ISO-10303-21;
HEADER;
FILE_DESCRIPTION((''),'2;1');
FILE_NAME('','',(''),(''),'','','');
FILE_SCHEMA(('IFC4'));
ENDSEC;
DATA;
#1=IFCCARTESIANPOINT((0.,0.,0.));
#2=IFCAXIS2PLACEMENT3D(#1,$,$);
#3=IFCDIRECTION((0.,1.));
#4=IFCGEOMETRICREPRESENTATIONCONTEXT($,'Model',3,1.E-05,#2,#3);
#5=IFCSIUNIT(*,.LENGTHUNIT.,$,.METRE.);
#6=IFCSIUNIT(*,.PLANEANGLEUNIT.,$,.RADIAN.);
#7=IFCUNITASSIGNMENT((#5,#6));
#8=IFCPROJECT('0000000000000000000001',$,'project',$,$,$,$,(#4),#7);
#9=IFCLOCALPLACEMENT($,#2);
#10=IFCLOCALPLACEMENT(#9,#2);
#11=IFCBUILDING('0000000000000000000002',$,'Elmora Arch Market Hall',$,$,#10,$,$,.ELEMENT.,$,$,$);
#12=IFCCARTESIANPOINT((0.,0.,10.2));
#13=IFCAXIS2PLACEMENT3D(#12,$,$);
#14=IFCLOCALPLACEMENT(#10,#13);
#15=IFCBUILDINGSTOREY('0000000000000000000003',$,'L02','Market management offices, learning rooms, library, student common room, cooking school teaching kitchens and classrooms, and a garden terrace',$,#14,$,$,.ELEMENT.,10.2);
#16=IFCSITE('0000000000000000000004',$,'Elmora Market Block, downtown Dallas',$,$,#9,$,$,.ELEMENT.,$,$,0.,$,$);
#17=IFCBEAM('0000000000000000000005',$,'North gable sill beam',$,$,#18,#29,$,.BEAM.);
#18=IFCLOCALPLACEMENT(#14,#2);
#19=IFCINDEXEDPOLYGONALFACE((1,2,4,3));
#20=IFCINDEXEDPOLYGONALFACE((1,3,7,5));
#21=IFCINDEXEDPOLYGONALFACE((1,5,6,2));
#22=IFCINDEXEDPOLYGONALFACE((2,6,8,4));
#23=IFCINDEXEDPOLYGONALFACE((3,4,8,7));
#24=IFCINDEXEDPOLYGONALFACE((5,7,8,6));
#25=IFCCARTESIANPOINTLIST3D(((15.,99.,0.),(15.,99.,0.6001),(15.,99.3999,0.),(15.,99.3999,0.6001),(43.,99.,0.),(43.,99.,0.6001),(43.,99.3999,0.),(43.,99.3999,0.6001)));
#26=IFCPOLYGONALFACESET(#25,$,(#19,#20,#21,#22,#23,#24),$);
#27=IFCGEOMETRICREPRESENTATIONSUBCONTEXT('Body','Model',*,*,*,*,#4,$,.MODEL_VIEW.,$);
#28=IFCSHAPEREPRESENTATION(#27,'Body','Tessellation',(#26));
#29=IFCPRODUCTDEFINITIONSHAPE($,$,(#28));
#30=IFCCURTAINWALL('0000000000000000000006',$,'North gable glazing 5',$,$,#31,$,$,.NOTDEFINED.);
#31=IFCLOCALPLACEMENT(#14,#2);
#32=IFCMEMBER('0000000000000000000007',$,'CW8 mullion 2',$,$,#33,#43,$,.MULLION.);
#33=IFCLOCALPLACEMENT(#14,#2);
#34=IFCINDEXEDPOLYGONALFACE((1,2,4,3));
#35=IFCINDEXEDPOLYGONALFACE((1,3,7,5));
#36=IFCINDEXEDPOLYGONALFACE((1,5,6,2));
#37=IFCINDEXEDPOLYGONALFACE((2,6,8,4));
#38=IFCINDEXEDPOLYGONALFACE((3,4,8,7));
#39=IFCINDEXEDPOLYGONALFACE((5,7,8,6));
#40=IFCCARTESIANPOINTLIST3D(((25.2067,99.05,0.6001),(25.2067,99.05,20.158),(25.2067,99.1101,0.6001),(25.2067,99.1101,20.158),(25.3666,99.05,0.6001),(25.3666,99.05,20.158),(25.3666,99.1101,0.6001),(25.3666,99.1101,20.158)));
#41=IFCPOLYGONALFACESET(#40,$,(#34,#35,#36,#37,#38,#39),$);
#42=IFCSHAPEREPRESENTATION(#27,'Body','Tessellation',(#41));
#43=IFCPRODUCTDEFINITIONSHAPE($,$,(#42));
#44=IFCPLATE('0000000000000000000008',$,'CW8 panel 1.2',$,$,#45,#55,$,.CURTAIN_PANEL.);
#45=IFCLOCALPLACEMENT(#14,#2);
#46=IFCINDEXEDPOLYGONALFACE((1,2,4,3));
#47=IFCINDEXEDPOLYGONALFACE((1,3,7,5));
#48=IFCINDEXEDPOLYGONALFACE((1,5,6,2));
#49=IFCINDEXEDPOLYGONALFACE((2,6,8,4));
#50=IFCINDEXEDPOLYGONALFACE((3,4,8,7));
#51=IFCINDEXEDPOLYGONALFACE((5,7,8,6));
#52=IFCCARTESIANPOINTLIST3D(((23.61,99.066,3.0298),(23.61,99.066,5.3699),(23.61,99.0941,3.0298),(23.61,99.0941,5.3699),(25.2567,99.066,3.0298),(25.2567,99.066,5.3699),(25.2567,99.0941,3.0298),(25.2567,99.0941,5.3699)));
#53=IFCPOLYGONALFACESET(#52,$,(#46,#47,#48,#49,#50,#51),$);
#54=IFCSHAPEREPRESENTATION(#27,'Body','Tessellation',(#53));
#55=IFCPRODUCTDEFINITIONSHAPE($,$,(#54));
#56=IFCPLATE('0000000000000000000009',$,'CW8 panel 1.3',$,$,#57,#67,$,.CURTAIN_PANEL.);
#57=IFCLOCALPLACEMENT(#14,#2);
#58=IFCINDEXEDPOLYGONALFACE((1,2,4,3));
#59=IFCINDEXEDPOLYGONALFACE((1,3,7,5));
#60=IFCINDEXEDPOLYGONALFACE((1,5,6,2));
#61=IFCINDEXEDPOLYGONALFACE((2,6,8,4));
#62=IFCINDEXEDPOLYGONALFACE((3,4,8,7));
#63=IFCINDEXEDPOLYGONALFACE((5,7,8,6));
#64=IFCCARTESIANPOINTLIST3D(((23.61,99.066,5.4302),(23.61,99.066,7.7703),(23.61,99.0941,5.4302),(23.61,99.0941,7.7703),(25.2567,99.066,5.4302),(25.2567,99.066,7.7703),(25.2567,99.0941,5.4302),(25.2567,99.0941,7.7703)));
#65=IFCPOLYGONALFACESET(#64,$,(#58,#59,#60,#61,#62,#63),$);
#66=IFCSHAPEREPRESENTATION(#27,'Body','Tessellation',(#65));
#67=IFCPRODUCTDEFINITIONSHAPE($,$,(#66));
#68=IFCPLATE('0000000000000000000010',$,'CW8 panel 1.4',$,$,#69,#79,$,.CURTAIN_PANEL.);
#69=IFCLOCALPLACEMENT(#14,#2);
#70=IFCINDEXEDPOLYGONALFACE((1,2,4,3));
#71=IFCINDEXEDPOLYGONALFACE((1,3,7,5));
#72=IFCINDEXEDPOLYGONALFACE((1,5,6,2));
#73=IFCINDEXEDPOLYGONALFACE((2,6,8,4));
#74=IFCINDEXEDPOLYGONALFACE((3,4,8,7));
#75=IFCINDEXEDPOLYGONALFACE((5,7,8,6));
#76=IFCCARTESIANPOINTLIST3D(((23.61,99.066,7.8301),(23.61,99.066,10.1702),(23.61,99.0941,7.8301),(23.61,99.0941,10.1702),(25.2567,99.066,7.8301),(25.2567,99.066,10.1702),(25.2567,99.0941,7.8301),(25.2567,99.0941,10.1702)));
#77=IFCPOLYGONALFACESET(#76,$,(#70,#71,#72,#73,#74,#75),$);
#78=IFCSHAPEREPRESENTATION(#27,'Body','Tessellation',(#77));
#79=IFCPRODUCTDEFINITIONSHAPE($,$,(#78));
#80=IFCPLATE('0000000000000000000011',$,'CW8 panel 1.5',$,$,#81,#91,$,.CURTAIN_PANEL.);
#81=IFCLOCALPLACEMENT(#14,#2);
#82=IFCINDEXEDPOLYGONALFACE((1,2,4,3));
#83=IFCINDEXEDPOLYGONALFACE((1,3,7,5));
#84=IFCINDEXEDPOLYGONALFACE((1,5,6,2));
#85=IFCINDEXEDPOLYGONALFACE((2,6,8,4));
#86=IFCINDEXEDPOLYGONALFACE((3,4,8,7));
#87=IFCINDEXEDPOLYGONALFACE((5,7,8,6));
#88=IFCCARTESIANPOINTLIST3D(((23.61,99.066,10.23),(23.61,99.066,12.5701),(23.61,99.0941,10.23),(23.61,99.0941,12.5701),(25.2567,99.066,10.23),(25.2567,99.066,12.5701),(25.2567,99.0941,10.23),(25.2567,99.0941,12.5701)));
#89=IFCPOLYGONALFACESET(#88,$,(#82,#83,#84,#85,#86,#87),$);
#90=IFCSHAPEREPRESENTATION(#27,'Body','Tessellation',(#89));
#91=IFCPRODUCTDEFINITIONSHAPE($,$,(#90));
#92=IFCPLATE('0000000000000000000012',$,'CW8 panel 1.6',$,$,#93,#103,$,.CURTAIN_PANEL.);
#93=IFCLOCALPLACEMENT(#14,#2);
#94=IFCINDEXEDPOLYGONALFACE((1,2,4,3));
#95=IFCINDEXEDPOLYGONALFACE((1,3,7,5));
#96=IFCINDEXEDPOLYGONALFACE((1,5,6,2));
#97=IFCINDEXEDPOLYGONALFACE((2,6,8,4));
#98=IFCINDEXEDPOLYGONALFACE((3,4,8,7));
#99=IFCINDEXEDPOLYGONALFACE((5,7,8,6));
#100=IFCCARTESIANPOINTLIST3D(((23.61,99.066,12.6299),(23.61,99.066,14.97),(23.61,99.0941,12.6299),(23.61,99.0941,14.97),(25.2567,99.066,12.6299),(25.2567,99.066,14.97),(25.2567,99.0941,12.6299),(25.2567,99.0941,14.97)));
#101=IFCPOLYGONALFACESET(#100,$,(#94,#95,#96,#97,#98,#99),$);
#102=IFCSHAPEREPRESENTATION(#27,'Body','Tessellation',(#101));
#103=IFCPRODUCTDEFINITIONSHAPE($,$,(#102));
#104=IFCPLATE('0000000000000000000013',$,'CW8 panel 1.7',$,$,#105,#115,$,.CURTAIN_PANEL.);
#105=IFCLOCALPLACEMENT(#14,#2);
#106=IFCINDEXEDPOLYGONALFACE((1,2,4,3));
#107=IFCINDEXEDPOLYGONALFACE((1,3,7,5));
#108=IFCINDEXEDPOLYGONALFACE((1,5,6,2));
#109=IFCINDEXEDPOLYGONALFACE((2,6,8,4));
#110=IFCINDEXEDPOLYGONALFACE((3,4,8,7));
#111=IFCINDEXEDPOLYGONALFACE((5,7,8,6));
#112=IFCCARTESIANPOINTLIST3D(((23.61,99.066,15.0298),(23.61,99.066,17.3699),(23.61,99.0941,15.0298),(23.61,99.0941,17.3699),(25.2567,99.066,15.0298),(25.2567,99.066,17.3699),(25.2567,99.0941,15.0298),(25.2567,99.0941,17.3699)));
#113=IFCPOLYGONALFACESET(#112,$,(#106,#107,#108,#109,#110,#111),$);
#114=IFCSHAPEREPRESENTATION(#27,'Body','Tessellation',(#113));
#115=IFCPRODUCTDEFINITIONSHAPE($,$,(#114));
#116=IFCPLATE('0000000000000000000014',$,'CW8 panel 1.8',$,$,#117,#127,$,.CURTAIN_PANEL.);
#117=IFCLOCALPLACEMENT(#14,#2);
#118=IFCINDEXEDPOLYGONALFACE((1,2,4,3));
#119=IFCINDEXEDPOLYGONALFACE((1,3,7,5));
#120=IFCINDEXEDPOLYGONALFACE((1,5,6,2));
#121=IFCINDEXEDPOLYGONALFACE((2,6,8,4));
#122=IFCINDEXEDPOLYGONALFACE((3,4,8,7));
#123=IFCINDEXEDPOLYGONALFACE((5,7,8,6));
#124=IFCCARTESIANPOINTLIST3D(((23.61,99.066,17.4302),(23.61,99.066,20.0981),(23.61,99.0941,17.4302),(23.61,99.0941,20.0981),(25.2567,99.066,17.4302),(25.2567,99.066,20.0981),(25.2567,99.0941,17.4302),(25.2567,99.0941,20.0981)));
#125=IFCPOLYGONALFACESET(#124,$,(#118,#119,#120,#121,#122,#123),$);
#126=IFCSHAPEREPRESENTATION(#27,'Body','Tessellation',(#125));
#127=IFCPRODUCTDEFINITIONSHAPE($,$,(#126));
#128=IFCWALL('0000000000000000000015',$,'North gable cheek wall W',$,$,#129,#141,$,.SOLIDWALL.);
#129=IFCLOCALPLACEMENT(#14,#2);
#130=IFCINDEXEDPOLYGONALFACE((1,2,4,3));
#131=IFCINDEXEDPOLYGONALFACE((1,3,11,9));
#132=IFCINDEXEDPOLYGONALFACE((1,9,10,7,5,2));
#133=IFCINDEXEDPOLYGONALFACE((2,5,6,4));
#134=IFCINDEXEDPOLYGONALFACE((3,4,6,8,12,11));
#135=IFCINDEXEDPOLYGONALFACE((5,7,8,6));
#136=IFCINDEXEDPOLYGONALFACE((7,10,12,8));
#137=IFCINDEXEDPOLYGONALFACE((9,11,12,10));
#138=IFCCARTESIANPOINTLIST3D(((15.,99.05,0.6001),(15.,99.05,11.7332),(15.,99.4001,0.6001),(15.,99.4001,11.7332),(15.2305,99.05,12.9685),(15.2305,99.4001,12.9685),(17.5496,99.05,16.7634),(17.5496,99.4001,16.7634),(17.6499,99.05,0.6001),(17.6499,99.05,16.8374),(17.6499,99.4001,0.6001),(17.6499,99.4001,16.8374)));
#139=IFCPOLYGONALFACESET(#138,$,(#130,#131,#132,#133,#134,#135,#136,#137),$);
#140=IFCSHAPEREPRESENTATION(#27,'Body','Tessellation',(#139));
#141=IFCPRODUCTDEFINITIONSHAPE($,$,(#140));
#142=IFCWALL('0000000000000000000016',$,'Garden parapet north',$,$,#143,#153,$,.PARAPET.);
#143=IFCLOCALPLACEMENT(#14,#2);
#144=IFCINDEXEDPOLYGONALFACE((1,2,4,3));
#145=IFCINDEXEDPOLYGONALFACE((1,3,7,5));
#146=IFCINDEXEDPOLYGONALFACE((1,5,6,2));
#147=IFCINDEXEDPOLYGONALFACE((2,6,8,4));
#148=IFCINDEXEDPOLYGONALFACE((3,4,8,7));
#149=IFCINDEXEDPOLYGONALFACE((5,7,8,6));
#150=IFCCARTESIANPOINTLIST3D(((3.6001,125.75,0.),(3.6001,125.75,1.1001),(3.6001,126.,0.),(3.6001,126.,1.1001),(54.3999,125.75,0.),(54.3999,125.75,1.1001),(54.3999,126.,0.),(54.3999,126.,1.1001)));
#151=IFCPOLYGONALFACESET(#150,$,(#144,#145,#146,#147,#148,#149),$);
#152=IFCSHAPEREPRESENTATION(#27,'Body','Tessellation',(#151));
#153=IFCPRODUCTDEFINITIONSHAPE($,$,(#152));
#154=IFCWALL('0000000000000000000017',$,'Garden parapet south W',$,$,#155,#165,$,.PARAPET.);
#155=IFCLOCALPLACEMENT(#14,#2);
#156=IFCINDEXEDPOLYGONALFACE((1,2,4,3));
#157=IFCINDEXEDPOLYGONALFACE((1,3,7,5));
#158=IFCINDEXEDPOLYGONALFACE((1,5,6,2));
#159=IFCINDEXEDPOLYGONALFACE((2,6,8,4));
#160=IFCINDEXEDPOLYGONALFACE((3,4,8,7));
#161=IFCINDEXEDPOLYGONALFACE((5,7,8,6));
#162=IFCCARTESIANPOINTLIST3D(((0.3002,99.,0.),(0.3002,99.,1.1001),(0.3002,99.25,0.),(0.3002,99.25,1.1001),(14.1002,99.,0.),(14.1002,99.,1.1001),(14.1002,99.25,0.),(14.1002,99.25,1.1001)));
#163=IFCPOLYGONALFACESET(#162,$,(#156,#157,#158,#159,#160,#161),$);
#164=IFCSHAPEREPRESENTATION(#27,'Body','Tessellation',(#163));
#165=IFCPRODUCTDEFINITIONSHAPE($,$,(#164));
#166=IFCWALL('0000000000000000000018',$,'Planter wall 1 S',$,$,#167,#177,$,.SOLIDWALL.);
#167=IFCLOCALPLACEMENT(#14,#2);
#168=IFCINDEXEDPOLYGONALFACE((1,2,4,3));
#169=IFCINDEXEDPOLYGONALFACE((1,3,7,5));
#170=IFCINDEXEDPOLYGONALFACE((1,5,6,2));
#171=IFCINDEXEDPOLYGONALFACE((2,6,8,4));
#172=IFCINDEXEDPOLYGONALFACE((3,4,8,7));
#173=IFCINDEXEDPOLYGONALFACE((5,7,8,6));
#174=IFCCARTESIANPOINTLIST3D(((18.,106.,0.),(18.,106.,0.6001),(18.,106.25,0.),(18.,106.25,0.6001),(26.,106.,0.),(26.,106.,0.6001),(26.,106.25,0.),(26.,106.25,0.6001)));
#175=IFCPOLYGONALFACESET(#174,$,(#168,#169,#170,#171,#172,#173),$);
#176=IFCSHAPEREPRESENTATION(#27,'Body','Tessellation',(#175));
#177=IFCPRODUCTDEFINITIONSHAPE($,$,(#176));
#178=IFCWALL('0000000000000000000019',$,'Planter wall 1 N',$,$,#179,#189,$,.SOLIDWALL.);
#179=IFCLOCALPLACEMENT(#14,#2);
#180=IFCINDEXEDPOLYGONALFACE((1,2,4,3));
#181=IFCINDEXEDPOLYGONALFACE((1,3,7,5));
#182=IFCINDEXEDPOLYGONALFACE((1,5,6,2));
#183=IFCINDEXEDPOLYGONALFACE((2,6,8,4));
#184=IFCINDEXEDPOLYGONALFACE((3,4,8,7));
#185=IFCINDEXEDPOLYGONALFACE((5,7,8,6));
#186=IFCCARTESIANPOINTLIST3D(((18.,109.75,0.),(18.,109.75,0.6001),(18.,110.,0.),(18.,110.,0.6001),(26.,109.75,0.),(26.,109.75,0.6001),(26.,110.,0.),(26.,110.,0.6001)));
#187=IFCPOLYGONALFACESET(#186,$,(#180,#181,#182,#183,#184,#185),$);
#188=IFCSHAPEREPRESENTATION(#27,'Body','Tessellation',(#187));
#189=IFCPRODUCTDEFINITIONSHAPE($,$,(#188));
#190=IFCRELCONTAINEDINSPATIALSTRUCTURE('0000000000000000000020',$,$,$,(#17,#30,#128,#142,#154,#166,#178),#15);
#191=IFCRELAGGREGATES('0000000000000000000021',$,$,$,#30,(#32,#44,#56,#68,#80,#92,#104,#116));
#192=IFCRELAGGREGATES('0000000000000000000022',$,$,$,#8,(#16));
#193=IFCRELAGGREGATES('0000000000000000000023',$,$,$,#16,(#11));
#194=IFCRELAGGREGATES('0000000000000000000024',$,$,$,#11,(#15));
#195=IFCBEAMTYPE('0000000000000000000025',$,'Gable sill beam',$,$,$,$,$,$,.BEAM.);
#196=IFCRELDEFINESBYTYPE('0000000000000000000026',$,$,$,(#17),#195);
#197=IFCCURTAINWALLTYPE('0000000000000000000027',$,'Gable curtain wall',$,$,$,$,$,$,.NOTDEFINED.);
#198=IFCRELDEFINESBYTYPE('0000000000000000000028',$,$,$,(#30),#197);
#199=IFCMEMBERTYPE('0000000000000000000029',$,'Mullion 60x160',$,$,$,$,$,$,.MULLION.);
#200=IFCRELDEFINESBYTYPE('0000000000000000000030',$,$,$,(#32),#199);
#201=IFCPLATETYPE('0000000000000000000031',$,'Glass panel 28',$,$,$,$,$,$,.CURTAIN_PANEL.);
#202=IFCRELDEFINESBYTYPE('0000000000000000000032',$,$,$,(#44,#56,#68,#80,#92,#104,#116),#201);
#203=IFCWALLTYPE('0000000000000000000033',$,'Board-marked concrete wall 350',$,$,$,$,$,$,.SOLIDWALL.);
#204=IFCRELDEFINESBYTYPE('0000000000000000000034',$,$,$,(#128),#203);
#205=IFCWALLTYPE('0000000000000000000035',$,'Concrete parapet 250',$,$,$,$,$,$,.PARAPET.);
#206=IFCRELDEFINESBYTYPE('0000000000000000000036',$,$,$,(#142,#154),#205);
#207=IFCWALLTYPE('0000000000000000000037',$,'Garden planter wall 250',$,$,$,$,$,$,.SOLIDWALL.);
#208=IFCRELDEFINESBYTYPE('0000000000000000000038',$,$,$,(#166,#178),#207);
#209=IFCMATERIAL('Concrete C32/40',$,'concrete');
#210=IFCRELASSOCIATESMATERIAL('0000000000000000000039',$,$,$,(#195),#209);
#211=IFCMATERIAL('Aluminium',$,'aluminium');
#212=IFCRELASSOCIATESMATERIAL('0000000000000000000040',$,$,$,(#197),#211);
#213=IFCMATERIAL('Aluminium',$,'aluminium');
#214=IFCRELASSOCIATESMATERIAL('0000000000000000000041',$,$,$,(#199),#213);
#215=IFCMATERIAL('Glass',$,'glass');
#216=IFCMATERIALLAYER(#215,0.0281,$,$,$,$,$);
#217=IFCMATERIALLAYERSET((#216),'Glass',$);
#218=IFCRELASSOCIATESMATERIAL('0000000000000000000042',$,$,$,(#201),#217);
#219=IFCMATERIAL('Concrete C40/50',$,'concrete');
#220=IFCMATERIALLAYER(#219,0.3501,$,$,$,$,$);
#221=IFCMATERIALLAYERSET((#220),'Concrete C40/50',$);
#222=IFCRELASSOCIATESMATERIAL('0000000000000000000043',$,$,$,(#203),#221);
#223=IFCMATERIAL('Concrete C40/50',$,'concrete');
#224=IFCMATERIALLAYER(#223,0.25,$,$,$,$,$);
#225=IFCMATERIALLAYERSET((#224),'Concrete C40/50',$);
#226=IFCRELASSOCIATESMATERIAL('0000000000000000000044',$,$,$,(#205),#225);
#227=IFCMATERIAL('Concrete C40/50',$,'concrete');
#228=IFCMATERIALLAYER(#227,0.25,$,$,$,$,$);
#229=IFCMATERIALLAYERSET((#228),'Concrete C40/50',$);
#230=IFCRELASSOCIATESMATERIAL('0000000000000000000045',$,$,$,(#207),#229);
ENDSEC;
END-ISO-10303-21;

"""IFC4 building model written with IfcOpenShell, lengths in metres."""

from ifc_helpers import new_model, si_unit, direction, frame, frame_2d, origin, origin_2d, place, context, subcontext, project, spatial, polyline, rectangle, outline, extrude, material, layer, layer_set, material_profile, profile_set, type_object, element, aggregate, save


model = new_model("IFC4")

# Units and contexts
model_context = context("Model", 3, precision=1e-05, world=origin(), true_north=direction((0.0, 1.0)))
body_context = subcontext(model_context, "Body", "Model", "MODEL_VIEW")
ifc_project = project(units=[si_unit("LENGTHUNIT", "METRE"), si_unit("PLANEANGLEUNIT", "RADIAN")], contexts=[model_context])

# Site, building, storey
site_placement = place(None, origin())
site = spatial("IfcSite", under=ifc_project, at=site_placement, Name="Elmora Market Block, downtown Dallas", CompositionType="ELEMENT", RefElevation=0.0)
building_placement = place(site_placement, origin())
building = spatial("IfcBuilding", under=site, at=building_placement, Name="Elmora Arch Market Hall", CompositionType="ELEMENT")
storey_placement = place(building_placement, frame((0.0, 0.0, 10.2)))
storey = spatial("IfcBuildingStorey", under=building, at=storey_placement, Name="L02", Description="Market management offices, learning rooms, library, student common room, cooking school teaching kitchens and classrooms, and a garden terrace", CompositionType="ELEMENT", Elevation=10.2)

# Beam
ifc_material_1 = material(Name="Concrete C32/40", Category="concrete")
ifc_material_profile_1 = material_profile(ifc_material_1, rectangle(XDim=0.3999, YDim=0.6001, at=origin_2d()), Name="Gable sill beam")
ifc_profile_set_1 = profile_set([ifc_material_profile_1], Name="Concrete C32/40")
beam_type = type_object("IfcBeamType", Name="Gable sill beam", PredefinedType="BEAM", material=ifc_profile_set_1)
beam_placement = place(storey_placement, frame((15.0, 99.2, 0.3), z_axis=(1.0, 0.0, 0.0), x_axis=(0.0, 1.0, 0.0)))
element("IfcBeam", 1, at=beam_placement, inside=storey, type_object=beam_type, Name="North gable sill beam", PredefinedType="BEAM", context=body_context, shape_type="SweptSolid", body=[
    extrude(rectangle(XDim=0.3999, YDim=0.6001, at=origin_2d()), origin(), (0.0, 0.0, 1.0), 28.0),
])

# Curtain wall, member, plates
ifc_material_2 = material(Name="Aluminium", Category="aluminium")
curtain_wall_type = type_object("IfcCurtainWallType", Name="Gable curtain wall", PredefinedType="NOTDEFINED", material=ifc_material_2)
curtain_wall_placement = place(storey_placement, origin())
curtain_wall = element("IfcCurtainWall", 2, at=curtain_wall_placement, inside=storey, type_object=curtain_wall_type, Name="North gable glazing 5", PredefinedType="NOTDEFINED")
ifc_material_3 = material(Name="Aluminium", Category="aluminium")
ifc_material_profile_2 = material_profile(ifc_material_3, rectangle(XDim=0.0601, YDim=0.1599, at=origin_2d()), Name="AL 60x160")
ifc_profile_set_2 = profile_set([ifc_material_profile_2], Name="Aluminium")
member_type = type_object("IfcMemberType", Name="Mullion 60x160", PredefinedType="MULLION", material=ifc_profile_set_2)
member_placement = place(storey_placement, frame((25.2866, 99.0801, 0.6001), z_axis=(0.0, 0.0, 1.0), x_axis=(0.0, 1.0, 0.0)))
member = element("IfcMember", 3, at=member_placement, type_object=member_type, Name="CW8 mullion 2", PredefinedType="MULLION", context=body_context, shape_type="SweptSolid", body=[
    extrude(rectangle(XDim=0.0601, YDim=0.1599, at=origin_2d()), origin(), (0.0, 0.0, 1.0), 19.5579),
])
ifc_material_4 = material(Name="Glass", Category="glass")
ifc_layer_1 = layer(ifc_material_4, 0.0281)
ifc_layer_set_1 = layer_set([ifc_layer_1], Name="Glass")
plate_type = type_object("IfcPlateType", Name="Glass panel 28", PredefinedType="CURTAIN_PANEL", material=ifc_layer_set_1)
plate_1_placement = place(storey_placement, frame((24.4333, 99.0801, 3.0298), z_axis=(0.0, 0.0, 1.0), x_axis=(1.0, 0.0, 0.0)))
plate_1 = element("IfcPlate", 4, at=plate_1_placement, type_object=plate_type, Name="CW8 panel 1.2", PredefinedType="CURTAIN_PANEL", context=body_context, shape_type="SweptSolid", body=[
    extrude(rectangle(XDim=1.6467, YDim=0.0281, at=origin_2d()), origin(), (0.0, 0.0, 1.0), 2.3401),
])
plate_2_placement = place(storey_placement, frame((24.4333, 99.0801, 5.4302), z_axis=(0.0, 0.0, 1.0), x_axis=(1.0, 0.0, 0.0)))
plate_2 = element("IfcPlate", 5, at=plate_2_placement, type_object=plate_type, Name="CW8 panel 1.3", PredefinedType="CURTAIN_PANEL", context=body_context, shape_type="SweptSolid", body=[
    extrude(rectangle(XDim=1.6467, YDim=0.0281, at=origin_2d()), origin(), (0.0, 0.0, 1.0), 2.3401),
])
plate_3_placement = place(storey_placement, frame((24.4333, 99.0801, 7.8301), z_axis=(0.0, 0.0, 1.0), x_axis=(1.0, 0.0, 0.0)))
plate_3 = element("IfcPlate", 6, at=plate_3_placement, type_object=plate_type, Name="CW8 panel 1.4", PredefinedType="CURTAIN_PANEL", context=body_context, shape_type="SweptSolid", body=[
    extrude(rectangle(XDim=1.6467, YDim=0.0281, at=origin_2d()), origin(), (0.0, 0.0, 1.0), 2.3401),
])
plate_4_placement = place(storey_placement, frame((24.4333, 99.0801, 10.23), z_axis=(0.0, 0.0, 1.0), x_axis=(1.0, 0.0, 0.0)))
plate_4 = element("IfcPlate", 7, at=plate_4_placement, type_object=plate_type, Name="CW8 panel 1.5", PredefinedType="CURTAIN_PANEL", context=body_context, shape_type="SweptSolid", body=[
    extrude(rectangle(XDim=1.6467, YDim=0.0281, at=origin_2d()), origin(), (0.0, 0.0, 1.0), 2.3401),
])
plate_5_placement = place(storey_placement, frame((24.4333, 99.0801, 12.6299), z_axis=(0.0, 0.0, 1.0), x_axis=(1.0, 0.0, 0.0)))
plate_5 = element("IfcPlate", 8, at=plate_5_placement, type_object=plate_type, Name="CW8 panel 1.6", PredefinedType="CURTAIN_PANEL", context=body_context, shape_type="SweptSolid", body=[
    extrude(rectangle(XDim=1.6467, YDim=0.0281, at=origin_2d()), origin(), (0.0, 0.0, 1.0), 2.3401),
])
plate_6_placement = place(storey_placement, frame((24.4333, 99.0801, 15.0298), z_axis=(0.0, 0.0, 1.0), x_axis=(1.0, 0.0, 0.0)))
plate_6 = element("IfcPlate", 9, at=plate_6_placement, type_object=plate_type, Name="CW8 panel 1.7", PredefinedType="CURTAIN_PANEL", context=body_context, shape_type="SweptSolid", body=[
    extrude(rectangle(XDim=1.6467, YDim=0.0281, at=origin_2d()), origin(), (0.0, 0.0, 1.0), 2.3401),
])
plate_7_placement = place(storey_placement, frame((24.4333, 99.0801, 17.4302), z_axis=(0.0, 0.0, 1.0), x_axis=(1.0, 0.0, 0.0)))
plate_7 = element("IfcPlate", 10, at=plate_7_placement, type_object=plate_type, Name="CW8 panel 1.8", PredefinedType="CURTAIN_PANEL", context=body_context, shape_type="SweptSolid", body=[
    extrude(rectangle(XDim=1.6467, YDim=0.0281, at=origin_2d()), origin(), (0.0, 0.0, 1.0), 2.668),
])
aggregate(curtain_wall, [member, plate_1, plate_2, plate_3, plate_4, plate_5, plate_6, plate_7])

# Walls
ifc_material_5 = material(Name="Concrete C40/50", Category="concrete")
ifc_layer_2 = layer(ifc_material_5, 0.3501)
ifc_layer_set_2 = layer_set([ifc_layer_2], Name="Concrete C40/50")
wall_type_1 = type_object("IfcWallType", Name="Board-marked concrete wall 350", PredefinedType="SOLIDWALL", material=ifc_layer_set_2)
wall_1_placement = place(storey_placement, frame((15.0, 99.2251, 0.6001), z_axis=(0.0, 0.0, 1.0), x_axis=(1.0, 0.0, 0.0)))
element("IfcWall", 11, at=wall_1_placement, inside=storey, type_object=wall_type_1, Name="North gable cheek wall W", PredefinedType="SOLIDWALL", context=body_context, shape_type="SweptSolid", body=[
    extrude(outline(polyline([(0.0, 0.0), (2.6499, 0.0), (2.6499, 16.2373), (2.5496, 16.1633), (0.2305, 12.3684), (0.0, 11.1331), (0.0, 0.0)])), frame((0.0, 0.175, 0.0), z_axis=(0.0, -1.0, 0.0), x_axis=(1.0, 0.0, 0.0)), (0.0, 0.0, 1.0), 0.3501),
])
ifc_material_6 = material(Name="Concrete C40/50", Category="concrete")
ifc_layer_3 = layer(ifc_material_6, 0.25)
ifc_layer_set_3 = layer_set([ifc_layer_3], Name="Concrete C40/50")
wall_type_2 = type_object("IfcWallType", Name="Concrete parapet 250", PredefinedType="PARAPET", material=ifc_layer_set_3)
wall_2_placement = place(storey_placement, frame((3.6001, 125.875, 0.0), z_axis=(0.0, 0.0, 1.0), x_axis=(1.0, 0.0, 0.0)))
element("IfcWall", 12, at=wall_2_placement, inside=storey, type_object=wall_type_2, Name="Garden parapet north", PredefinedType="PARAPET", context=body_context, shape_type="SweptSolid", body=[
    extrude(rectangle(XDim=50.7998, YDim=0.25, at=frame_2d((25.3999, 0.0))), origin(), (0.0, 0.0, 1.0), 1.1001),
])
wall_3_placement = place(storey_placement, frame((14.1001, 99.125, 0.0), z_axis=(0.0, 0.0, 1.0), x_axis=(-1.0, 0.0, 0.0)))
element("IfcWall", 13, at=wall_3_placement, inside=storey, type_object=wall_type_2, Name="Garden parapet south W", PredefinedType="PARAPET", context=body_context, shape_type="SweptSolid", body=[
    extrude(rectangle(XDim=13.8, YDim=0.25, at=frame_2d((6.8999, 0.0))), origin(), (0.0, 0.0, 1.0), 1.1001),
])
ifc_material_7 = material(Name="Concrete C40/50", Category="concrete")
ifc_layer_4 = layer(ifc_material_7, 0.25)
ifc_layer_set_4 = layer_set([ifc_layer_4], Name="Concrete C40/50")
wall_type_3 = type_object("IfcWallType", Name="Garden planter wall 250", PredefinedType="SOLIDWALL", material=ifc_layer_set_4)
for number, where, z_axis, x_axis, name in (
    (14, (18.0, 106.125, 0.0), (0.0, 0.0, 1.0), (1.0, 0.0, 0.0), "Planter wall 1 S"),
    (15, (18.0, 109.875, 0.0), (0.0, 0.0, 1.0), (1.0, 0.0, 0.0), "Planter wall 1 N"),
):
    element("IfcWall", number, at=place(storey_placement, frame(where, z_axis=z_axis, x_axis=x_axis)), inside=storey, type_object=wall_type_3, Name=name, PredefinedType="SOLIDWALL", context=body_context, shape_type="SweptSolid", body=[
        extrude(rectangle(XDim=8.0, YDim=0.25, at=frame_2d((4.0, 0.0))), origin(), (0.0, 0.0, 1.0), 0.6001),
    ])

save(model, "model.ifc")
